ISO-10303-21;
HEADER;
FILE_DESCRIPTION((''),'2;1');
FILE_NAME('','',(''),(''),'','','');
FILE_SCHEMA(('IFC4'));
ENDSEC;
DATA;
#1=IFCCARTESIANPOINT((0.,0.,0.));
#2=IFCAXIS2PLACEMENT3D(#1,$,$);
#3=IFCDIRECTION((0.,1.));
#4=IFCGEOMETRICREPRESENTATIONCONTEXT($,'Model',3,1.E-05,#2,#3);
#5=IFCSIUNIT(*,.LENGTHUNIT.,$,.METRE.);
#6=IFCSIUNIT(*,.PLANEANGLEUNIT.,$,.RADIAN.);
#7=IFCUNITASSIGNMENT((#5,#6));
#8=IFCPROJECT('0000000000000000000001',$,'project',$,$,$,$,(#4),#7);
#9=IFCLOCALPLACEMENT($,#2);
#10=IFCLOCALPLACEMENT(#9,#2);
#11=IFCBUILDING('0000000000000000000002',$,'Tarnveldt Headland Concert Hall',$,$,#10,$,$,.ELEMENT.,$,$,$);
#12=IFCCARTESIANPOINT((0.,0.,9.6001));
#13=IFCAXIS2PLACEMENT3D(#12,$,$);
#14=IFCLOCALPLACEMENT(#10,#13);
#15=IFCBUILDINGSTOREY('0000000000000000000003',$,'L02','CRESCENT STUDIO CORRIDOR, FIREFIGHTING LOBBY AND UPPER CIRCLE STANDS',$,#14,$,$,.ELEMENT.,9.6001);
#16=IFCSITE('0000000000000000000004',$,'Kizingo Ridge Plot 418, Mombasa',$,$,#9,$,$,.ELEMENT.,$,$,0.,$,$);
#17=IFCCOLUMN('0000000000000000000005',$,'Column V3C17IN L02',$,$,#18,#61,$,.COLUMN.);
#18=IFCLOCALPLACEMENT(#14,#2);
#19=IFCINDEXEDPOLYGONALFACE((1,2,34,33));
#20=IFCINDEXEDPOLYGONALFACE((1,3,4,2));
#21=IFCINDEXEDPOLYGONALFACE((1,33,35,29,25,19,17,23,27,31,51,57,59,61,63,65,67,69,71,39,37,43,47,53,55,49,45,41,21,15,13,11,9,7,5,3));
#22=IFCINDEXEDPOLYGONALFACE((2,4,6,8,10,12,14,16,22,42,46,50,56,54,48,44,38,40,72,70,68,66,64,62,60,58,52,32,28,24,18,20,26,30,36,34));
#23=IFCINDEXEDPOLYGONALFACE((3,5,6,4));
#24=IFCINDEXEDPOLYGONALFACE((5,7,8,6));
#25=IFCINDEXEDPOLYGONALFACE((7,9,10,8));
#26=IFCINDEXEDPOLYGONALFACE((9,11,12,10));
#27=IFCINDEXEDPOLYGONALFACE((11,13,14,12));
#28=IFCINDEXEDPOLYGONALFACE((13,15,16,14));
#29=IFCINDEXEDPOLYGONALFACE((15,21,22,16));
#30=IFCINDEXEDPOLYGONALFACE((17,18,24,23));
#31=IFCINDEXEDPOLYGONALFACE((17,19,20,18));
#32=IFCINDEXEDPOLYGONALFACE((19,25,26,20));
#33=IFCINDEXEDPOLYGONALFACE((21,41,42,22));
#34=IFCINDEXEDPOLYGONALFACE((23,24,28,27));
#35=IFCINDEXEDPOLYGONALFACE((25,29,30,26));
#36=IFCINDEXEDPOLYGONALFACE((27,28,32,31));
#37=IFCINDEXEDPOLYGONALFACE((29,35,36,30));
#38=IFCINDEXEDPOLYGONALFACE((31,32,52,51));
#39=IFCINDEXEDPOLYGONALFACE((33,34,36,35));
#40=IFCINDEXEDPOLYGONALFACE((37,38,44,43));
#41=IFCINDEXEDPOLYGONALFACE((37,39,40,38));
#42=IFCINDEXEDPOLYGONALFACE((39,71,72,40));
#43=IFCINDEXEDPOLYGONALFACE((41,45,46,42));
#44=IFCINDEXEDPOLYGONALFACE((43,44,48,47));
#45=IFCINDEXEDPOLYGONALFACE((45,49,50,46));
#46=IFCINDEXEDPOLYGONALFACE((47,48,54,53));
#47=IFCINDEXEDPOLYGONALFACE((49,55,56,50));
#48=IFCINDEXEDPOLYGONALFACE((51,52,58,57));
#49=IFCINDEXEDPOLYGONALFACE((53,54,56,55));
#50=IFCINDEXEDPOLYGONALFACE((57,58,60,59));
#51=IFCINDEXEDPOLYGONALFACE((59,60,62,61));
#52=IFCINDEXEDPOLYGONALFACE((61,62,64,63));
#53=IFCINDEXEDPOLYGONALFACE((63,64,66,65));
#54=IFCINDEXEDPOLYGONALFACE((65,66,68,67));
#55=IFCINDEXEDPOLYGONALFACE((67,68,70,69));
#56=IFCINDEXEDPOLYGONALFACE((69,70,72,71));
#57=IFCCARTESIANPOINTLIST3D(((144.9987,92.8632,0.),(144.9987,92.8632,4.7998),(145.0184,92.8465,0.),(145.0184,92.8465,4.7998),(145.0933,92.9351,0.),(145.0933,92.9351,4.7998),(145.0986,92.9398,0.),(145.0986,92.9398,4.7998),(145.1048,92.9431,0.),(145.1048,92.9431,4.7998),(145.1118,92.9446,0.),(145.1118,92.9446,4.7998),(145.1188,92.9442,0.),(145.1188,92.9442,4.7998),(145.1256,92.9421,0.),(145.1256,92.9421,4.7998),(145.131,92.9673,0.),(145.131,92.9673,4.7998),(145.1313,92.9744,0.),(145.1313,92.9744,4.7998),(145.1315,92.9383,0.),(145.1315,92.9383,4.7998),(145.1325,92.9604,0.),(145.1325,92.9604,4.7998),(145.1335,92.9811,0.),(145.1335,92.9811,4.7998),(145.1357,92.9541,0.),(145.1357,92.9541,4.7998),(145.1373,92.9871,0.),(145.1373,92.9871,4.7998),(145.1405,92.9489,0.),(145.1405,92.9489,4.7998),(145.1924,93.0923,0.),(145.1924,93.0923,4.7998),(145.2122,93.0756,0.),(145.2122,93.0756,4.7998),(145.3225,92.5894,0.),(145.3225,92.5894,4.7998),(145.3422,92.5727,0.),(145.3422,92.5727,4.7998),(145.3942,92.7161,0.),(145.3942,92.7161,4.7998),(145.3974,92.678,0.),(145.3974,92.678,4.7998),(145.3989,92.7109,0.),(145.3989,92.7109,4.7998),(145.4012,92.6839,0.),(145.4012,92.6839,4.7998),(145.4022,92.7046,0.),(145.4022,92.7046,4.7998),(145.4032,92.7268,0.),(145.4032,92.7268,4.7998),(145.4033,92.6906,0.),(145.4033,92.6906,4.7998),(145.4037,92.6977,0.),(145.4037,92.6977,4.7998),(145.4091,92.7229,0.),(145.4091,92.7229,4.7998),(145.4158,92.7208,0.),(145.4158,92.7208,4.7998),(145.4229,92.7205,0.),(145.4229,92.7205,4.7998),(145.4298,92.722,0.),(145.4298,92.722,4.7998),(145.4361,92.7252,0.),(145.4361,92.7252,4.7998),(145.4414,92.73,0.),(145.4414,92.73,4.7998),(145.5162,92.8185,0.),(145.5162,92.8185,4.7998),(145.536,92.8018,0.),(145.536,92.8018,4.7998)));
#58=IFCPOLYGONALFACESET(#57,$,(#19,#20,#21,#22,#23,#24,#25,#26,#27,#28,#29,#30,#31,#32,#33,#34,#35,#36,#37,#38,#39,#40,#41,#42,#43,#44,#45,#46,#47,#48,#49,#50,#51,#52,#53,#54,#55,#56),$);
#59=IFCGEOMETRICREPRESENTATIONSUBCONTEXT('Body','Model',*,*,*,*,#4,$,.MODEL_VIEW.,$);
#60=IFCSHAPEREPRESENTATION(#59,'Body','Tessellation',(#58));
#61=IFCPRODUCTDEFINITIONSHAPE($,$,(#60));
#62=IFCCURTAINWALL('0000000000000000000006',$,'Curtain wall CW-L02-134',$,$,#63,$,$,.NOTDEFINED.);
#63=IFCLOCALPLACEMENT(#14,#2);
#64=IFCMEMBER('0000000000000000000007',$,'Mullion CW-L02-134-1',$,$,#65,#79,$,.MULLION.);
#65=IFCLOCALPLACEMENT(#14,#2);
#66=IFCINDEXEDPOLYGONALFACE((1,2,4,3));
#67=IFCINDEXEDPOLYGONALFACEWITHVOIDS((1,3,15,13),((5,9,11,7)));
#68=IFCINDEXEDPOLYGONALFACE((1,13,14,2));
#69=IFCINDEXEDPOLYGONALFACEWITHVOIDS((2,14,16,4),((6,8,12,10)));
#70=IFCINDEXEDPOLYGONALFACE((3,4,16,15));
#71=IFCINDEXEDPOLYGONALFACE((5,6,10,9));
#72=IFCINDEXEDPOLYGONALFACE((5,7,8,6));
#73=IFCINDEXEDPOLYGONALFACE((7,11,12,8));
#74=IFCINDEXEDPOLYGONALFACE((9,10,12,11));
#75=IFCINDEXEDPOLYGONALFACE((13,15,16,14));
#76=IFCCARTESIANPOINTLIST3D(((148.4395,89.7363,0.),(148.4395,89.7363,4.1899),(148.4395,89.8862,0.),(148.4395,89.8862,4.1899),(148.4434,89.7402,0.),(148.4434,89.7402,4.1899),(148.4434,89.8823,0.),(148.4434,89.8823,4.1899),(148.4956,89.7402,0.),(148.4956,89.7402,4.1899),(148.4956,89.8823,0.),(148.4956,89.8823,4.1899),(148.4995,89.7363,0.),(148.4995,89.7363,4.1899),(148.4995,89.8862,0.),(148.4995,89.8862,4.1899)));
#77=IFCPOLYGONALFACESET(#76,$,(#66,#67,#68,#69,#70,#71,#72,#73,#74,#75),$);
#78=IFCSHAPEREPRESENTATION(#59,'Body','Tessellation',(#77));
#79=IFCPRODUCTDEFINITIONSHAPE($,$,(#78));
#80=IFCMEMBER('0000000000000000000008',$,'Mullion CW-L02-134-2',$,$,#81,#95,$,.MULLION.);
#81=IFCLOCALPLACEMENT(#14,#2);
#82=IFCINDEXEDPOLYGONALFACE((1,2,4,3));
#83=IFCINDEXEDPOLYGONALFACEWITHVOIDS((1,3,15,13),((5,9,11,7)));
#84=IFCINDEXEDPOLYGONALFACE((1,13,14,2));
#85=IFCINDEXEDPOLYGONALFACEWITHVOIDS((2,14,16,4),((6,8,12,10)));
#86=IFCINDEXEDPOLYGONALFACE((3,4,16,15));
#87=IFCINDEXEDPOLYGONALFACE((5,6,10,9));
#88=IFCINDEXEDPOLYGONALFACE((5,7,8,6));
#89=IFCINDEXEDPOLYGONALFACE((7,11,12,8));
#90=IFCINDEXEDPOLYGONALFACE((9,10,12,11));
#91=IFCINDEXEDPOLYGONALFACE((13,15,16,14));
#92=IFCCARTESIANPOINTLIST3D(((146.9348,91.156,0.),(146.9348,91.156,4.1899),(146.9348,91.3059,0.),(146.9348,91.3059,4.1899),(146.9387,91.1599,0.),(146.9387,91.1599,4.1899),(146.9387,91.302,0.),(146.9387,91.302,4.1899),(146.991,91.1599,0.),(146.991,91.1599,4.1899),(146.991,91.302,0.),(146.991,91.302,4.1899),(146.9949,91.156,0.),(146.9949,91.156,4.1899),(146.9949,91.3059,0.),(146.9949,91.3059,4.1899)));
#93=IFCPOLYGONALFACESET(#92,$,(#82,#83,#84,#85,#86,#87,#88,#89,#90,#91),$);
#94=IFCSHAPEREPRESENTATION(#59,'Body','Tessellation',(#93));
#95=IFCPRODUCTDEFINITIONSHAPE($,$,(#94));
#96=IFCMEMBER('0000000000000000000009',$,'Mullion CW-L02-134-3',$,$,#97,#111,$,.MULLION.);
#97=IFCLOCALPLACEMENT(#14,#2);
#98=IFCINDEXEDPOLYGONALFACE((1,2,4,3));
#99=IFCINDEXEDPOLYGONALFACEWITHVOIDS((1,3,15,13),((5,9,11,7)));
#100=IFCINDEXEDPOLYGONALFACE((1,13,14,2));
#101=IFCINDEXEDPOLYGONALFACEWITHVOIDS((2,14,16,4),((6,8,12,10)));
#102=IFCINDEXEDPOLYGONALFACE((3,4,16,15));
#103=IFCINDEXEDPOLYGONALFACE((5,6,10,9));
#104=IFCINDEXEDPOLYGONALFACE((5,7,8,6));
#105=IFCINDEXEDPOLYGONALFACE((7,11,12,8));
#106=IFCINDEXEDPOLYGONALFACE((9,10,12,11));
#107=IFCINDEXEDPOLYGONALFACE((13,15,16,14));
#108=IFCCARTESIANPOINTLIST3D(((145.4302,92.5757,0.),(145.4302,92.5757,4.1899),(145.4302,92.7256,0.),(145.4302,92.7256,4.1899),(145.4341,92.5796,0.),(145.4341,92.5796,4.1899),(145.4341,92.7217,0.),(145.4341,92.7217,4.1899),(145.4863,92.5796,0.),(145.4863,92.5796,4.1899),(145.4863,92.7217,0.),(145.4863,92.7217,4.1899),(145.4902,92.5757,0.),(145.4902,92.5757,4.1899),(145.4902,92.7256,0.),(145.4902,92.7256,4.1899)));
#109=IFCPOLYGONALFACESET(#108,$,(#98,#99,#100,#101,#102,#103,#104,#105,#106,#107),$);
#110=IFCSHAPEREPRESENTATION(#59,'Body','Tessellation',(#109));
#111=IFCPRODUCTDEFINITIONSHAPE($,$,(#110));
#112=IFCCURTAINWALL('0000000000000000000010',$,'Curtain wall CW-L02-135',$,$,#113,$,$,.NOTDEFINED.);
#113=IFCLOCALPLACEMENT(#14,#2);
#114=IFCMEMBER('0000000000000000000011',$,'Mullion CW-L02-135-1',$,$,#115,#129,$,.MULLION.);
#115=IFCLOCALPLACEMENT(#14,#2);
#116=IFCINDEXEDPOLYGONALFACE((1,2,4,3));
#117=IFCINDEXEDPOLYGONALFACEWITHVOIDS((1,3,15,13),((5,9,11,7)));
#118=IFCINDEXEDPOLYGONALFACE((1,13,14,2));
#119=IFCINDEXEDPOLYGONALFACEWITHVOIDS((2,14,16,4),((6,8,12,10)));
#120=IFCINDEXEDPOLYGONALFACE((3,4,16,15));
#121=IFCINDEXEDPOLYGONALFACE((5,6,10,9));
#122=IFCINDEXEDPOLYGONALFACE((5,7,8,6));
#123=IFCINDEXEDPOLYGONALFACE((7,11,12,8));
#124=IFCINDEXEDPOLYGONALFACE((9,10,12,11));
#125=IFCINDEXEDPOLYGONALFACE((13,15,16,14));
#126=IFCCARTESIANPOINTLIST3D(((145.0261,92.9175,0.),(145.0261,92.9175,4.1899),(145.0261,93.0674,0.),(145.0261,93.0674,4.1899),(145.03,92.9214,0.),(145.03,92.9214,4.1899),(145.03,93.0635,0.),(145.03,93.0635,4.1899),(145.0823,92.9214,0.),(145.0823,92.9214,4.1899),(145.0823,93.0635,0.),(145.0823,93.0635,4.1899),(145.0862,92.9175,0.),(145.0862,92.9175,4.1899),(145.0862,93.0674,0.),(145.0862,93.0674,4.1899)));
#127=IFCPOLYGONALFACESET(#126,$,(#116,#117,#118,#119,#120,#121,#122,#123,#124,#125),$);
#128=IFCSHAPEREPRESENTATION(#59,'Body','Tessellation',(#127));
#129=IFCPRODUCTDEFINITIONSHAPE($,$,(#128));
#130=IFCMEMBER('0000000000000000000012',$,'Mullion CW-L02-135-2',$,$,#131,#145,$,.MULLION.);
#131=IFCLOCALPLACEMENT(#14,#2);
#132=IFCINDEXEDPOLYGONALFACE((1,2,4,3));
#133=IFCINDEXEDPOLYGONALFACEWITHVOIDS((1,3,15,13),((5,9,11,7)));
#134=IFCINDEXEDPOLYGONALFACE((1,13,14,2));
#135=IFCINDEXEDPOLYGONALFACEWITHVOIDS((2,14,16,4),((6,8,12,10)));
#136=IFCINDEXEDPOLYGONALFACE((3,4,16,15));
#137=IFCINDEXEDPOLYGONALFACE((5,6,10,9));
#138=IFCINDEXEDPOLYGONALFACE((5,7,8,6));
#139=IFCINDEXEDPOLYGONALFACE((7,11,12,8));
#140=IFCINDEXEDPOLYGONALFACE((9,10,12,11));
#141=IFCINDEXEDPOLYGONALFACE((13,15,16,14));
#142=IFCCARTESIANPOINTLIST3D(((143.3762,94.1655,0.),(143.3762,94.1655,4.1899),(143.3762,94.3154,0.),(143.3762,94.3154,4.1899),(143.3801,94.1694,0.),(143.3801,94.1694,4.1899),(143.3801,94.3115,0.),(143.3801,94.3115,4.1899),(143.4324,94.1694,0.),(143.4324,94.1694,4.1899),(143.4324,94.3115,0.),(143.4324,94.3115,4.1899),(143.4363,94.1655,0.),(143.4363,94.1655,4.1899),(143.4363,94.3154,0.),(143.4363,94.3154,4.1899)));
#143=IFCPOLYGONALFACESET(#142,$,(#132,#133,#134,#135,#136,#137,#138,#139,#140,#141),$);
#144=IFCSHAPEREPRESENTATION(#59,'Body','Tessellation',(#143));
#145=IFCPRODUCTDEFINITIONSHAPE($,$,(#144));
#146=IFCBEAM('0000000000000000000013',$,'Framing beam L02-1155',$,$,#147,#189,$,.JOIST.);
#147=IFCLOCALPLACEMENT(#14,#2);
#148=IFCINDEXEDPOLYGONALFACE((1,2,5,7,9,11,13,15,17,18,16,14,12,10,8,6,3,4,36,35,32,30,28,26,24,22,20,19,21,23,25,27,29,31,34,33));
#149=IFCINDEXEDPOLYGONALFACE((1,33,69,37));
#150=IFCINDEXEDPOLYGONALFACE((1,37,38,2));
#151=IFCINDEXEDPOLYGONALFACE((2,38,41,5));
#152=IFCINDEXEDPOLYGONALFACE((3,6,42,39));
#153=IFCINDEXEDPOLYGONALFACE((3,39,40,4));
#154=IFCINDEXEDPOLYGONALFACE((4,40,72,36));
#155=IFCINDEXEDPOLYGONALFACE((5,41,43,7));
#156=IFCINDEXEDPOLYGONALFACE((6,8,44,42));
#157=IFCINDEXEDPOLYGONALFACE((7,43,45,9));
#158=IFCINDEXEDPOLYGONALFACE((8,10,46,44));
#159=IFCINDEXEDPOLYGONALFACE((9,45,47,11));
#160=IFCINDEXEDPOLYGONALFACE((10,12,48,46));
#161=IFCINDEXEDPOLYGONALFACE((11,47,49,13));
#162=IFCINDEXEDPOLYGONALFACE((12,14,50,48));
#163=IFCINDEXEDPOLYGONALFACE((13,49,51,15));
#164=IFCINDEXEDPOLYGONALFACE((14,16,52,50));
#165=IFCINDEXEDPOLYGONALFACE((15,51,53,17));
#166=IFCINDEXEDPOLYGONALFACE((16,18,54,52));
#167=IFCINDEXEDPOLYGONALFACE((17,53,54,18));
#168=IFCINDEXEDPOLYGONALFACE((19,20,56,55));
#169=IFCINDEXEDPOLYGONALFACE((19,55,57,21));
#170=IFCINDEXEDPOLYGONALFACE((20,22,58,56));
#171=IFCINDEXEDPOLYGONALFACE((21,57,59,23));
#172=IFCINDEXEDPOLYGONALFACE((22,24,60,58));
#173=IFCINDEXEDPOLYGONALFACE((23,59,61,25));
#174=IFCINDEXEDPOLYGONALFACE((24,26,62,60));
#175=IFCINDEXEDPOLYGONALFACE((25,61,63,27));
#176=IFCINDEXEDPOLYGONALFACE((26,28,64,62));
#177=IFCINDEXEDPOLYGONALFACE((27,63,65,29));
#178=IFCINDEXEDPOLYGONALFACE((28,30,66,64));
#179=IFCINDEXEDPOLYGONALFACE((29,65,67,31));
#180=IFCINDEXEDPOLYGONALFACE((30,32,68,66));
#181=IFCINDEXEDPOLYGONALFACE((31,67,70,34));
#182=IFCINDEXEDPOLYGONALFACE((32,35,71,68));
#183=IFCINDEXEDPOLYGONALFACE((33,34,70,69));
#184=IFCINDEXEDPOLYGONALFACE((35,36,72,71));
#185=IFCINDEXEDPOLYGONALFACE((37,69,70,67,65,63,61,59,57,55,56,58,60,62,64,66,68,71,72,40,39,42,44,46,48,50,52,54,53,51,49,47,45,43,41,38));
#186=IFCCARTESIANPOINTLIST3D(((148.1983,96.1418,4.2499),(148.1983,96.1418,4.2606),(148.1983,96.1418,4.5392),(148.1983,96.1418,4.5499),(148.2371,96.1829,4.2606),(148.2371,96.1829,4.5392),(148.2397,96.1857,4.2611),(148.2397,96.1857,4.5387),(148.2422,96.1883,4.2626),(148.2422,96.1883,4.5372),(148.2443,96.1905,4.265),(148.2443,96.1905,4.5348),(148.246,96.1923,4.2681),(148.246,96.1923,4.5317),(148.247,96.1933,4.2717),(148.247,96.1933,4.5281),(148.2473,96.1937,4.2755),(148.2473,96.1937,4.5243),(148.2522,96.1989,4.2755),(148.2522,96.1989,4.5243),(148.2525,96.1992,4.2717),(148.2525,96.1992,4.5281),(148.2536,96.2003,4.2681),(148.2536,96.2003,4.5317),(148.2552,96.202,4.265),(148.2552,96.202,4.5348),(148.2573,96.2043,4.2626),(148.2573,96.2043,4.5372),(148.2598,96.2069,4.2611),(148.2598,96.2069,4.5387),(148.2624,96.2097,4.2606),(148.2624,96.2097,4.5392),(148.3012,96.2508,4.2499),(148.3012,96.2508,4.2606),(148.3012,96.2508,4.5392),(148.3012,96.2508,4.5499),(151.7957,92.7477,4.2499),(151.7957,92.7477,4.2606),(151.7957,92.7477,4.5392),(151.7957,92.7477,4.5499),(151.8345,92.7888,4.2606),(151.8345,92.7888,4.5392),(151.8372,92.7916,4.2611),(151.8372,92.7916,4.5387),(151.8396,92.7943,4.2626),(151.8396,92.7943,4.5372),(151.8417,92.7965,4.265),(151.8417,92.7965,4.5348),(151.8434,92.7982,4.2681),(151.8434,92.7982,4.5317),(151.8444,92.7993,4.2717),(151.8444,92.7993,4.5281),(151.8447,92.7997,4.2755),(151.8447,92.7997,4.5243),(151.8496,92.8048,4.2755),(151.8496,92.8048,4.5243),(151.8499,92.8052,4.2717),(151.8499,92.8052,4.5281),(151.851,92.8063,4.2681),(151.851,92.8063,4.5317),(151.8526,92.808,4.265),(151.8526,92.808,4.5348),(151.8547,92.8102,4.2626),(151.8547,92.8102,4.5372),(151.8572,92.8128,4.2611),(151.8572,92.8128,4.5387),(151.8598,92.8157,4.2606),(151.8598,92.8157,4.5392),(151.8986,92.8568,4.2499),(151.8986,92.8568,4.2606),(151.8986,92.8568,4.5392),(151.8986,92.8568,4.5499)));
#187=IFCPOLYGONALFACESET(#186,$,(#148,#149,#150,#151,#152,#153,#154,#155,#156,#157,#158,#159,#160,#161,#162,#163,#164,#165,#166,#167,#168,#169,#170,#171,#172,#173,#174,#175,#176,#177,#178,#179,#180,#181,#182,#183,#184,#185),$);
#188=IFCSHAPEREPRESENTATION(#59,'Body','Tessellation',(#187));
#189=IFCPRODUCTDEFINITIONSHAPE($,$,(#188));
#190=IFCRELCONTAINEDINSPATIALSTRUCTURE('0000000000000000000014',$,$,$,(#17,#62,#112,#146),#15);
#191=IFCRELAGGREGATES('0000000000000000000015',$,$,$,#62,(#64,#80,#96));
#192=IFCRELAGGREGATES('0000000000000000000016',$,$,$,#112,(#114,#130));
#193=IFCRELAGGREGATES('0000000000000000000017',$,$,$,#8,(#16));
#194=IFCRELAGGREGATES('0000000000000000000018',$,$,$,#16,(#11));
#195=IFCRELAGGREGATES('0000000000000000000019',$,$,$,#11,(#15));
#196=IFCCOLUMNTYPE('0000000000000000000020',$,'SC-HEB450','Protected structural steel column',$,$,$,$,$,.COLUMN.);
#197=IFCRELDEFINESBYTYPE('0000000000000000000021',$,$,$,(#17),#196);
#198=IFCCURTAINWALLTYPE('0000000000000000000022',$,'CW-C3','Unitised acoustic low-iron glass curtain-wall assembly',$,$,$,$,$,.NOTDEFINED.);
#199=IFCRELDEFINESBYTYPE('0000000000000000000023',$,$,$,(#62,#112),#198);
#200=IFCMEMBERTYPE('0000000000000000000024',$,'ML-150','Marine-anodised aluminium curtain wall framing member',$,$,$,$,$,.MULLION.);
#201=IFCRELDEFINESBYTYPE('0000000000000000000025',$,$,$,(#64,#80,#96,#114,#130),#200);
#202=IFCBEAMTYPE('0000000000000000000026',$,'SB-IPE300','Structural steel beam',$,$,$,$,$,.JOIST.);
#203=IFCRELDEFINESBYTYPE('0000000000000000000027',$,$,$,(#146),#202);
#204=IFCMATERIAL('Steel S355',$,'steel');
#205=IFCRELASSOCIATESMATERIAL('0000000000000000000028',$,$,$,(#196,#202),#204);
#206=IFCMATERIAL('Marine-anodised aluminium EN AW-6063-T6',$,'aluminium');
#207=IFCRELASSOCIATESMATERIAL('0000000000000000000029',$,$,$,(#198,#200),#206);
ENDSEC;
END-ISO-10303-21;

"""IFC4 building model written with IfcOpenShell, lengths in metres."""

from ifc_helpers import new_model, si_unit, direction, frame, origin, origin_2d, place, context, subcontext, project, spatial, hollow_rectangle, i_section, extrude, material, material_profile, profile_set, type_object, element, aggregate, save


model = new_model("IFC4")

# Units and contexts
model_context = context("Model", 3, precision=1e-05, world=origin(), true_north=direction((0.0, 1.0)))
body_context = subcontext(model_context, "Body", "Model", "MODEL_VIEW")
ifc_project = project(units=[si_unit("LENGTHUNIT", "METRE"), si_unit("PLANEANGLEUNIT", "RADIAN")], contexts=[model_context])

# Site, building, storey
site_placement = place(None, origin())
site = spatial("IfcSite", under=ifc_project, at=site_placement, Name="Kizingo Ridge Plot 418, Mombasa", CompositionType="ELEMENT", RefElevation=0.0)
building_placement = place(site_placement, origin())
building = spatial("IfcBuilding", under=site, at=building_placement, Name="Tarnveldt Headland Concert Hall", CompositionType="ELEMENT")
storey_placement = place(building_placement, frame((0.0, 0.0, 9.6001)))
storey = spatial("IfcBuildingStorey", under=building, at=storey_placement, Name="L02", Description="CRESCENT STUDIO CORRIDOR, FIREFIGHTING LOBBY AND UPPER CIRCLE STANDS", CompositionType="ELEMENT", Elevation=9.6001)

# Column
ifc_material_1 = material(Name="Steel S355", Category="steel")
ifc_material_profile_1 = material_profile(ifc_material_1, i_section(OverallWidth=0.3, OverallDepth=0.45, WebThickness=0.0139, FlangeThickness=0.0259, FilletRadius=0.0271, at=origin_2d()), Name="HEB450", Category="steel")
ifc_profile_set_1 = profile_set([ifc_material_profile_1], Name="Steel S355")
column_type = type_object("IfcColumnType", Name="SC-HEB450", Description="Protected structural steel column", PredefinedType="COLUMN", material=ifc_profile_set_1)
column_placement = place(storey_placement, frame((145.2673, 92.8325, 0.0), z_axis=(0.0, 0.0, 1.0), x_axis=(0.645724, 0.763571, 0.0)))
element("IfcColumn", 1, at=column_placement, inside=storey, type_object=column_type, Name="Column V3C17IN L02", PredefinedType="COLUMN", context=body_context, shape_type="SweptSolid", body=[
    extrude(i_section(OverallWidth=0.3, OverallDepth=0.45, WebThickness=0.0139, FlangeThickness=0.0259, FilletRadius=0.0271, at=origin_2d()), origin(), (0.0, 0.0, 1.0), 4.7998),
])

# Curtain walls, members
ifc_material_2 = material(Name="Marine-anodised aluminium EN AW-6063-T6", Category="aluminium")
curtain_wall_type = type_object("IfcCurtainWallType", Name="CW-C3", Description="Unitised acoustic low-iron glass curtain-wall assembly", PredefinedType="NOTDEFINED", material=ifc_material_2)
curtain_wall_1_placement = place(storey_placement, origin())
curtain_wall_1 = element("IfcCurtainWall", 2, at=curtain_wall_1_placement, inside=storey, type_object=curtain_wall_type, Name="Curtain wall CW-L02-134", PredefinedType="NOTDEFINED")
ifc_material_profile_2 = material_profile(ifc_material_2, hollow_rectangle(XDim=0.0601, YDim=0.1499, WallThickness=0.0039, at=origin_2d()), Name="ALU MULLION 60x150x4", Category="aluminium")
ifc_profile_set_2 = profile_set([ifc_material_profile_2], Name="Marine-anodised aluminium EN AW-6063-T6")
member_type_1 = type_object("IfcMemberType", Name="ML-150", Description="Marine-anodised aluminium curtain wall framing member", PredefinedType="MULLION", material=ifc_profile_set_2)
member_1_placement = place(storey_placement, frame((148.4695, 89.8113, 0.0), z_axis=(0.0, 0.0, 1.0), x_axis=(1.0, 0.0, 0.0)))
member_1 = element("IfcMember", 3, at=member_1_placement, type_object=member_type_1, Name="Mullion CW-L02-134-1", PredefinedType="MULLION", context=body_context, shape_type="SweptSolid", body=[
    extrude(hollow_rectangle(XDim=0.0601, YDim=0.1499, WallThickness=0.0039, at=origin_2d()), origin(), (0.0, 0.0, 1.0), 4.1899),
])
member_2_placement = place(storey_placement, frame((146.9648, 91.231, 0.0), z_axis=(0.0, 0.0, 1.0), x_axis=(1.0, 0.0, 0.0)))
member_2 = element("IfcMember", 4, at=member_2_placement, type_object=member_type_1, Name="Mullion CW-L02-134-2", PredefinedType="MULLION", context=body_context, shape_type="SweptSolid", body=[
    extrude(hollow_rectangle(XDim=0.0601, YDim=0.1499, WallThickness=0.0039, at=origin_2d()), origin(), (0.0, 0.0, 1.0), 4.1899),
])
member_3_placement = place(storey_placement, frame((145.4602, 92.6506, 0.0), z_axis=(0.0, 0.0, 1.0), x_axis=(1.0, 0.0, 0.0)))
member_3 = element("IfcMember", 5, at=member_3_placement, type_object=member_type_1, Name="Mullion CW-L02-134-3", PredefinedType="MULLION", context=body_context, shape_type="SweptSolid", body=[
    extrude(hollow_rectangle(XDim=0.0601, YDim=0.1499, WallThickness=0.0039, at=origin_2d()), origin(), (0.0, 0.0, 1.0), 4.1899),
])
curtain_wall_2_placement = place(storey_placement, origin())
curtain_wall_2 = element("IfcCurtainWall", 6, at=curtain_wall_2_placement, inside=storey, type_object=curtain_wall_type, Name="Curtain wall CW-L02-135", PredefinedType="NOTDEFINED")
member_4_placement = place(storey_placement, frame((145.0562, 92.9924, 0.0), z_axis=(0.0, 0.0, 1.0), x_axis=(1.0, 0.0, 0.0)))
member_4 = element("IfcMember", 7, at=member_4_placement, type_object=member_type_1, Name="Mullion CW-L02-135-1", PredefinedType="MULLION", context=body_context, shape_type="SweptSolid", body=[
    extrude(hollow_rectangle(XDim=0.0601, YDim=0.1499, WallThickness=0.0039, at=origin_2d()), origin(), (0.0, 0.0, 1.0), 4.1899),
])
member_5_placement = place(storey_placement, frame((143.4062, 94.2405, 0.0), z_axis=(0.0, 0.0, 1.0), x_axis=(1.0, 0.0, 0.0)))
member_5 = element("IfcMember", 8, at=member_5_placement, type_object=member_type_1, Name="Mullion CW-L02-135-2", PredefinedType="MULLION", context=body_context, shape_type="SweptSolid", body=[
    extrude(hollow_rectangle(XDim=0.0601, YDim=0.1499, WallThickness=0.0039, at=origin_2d()), origin(), (0.0, 0.0, 1.0), 4.1899),
])

# Beam
ifc_material_profile_3 = material_profile(ifc_material_1, i_section(OverallWidth=0.1499, OverallDepth=0.3, WebThickness=0.0071, FlangeThickness=0.0107, FilletRadius=0.0149, at=origin_2d()), Name="IPE300", Category="steel")
ifc_profile_set_3 = profile_set([ifc_material_profile_3], Name="Steel S355")
beam_type_1 = type_object("IfcBeamType", Name="SB-IPE300", Description="Structural steel beam", PredefinedType="JOIST", material=ifc_profile_set_3)
beam_1_placement = place(storey_placement, frame((151.8472, 92.8022, 4.3999), z_axis=(-0.727368, 0.686248, 0.0), x_axis=(-0.686248, -0.727368, 0.0)))
element("IfcBeam", 9, at=beam_1_placement, inside=storey, type_object=beam_type_1, Name="Framing beam L02-1155", PredefinedType="JOIST", context=body_context, shape_type="SweptSolid", body=[
    extrude(i_section(OverallWidth=0.1499, OverallDepth=0.3, WebThickness=0.0071, FlangeThickness=0.0107, FilletRadius=0.0149, at=origin_2d()), origin(), (0.0, 0.0, 1.0), 4.9458),
])

aggregate(curtain_wall_1, [member_1, member_2, member_3])
aggregate(curtain_wall_2, [member_4, member_5])

save(model, "model.ifc")
